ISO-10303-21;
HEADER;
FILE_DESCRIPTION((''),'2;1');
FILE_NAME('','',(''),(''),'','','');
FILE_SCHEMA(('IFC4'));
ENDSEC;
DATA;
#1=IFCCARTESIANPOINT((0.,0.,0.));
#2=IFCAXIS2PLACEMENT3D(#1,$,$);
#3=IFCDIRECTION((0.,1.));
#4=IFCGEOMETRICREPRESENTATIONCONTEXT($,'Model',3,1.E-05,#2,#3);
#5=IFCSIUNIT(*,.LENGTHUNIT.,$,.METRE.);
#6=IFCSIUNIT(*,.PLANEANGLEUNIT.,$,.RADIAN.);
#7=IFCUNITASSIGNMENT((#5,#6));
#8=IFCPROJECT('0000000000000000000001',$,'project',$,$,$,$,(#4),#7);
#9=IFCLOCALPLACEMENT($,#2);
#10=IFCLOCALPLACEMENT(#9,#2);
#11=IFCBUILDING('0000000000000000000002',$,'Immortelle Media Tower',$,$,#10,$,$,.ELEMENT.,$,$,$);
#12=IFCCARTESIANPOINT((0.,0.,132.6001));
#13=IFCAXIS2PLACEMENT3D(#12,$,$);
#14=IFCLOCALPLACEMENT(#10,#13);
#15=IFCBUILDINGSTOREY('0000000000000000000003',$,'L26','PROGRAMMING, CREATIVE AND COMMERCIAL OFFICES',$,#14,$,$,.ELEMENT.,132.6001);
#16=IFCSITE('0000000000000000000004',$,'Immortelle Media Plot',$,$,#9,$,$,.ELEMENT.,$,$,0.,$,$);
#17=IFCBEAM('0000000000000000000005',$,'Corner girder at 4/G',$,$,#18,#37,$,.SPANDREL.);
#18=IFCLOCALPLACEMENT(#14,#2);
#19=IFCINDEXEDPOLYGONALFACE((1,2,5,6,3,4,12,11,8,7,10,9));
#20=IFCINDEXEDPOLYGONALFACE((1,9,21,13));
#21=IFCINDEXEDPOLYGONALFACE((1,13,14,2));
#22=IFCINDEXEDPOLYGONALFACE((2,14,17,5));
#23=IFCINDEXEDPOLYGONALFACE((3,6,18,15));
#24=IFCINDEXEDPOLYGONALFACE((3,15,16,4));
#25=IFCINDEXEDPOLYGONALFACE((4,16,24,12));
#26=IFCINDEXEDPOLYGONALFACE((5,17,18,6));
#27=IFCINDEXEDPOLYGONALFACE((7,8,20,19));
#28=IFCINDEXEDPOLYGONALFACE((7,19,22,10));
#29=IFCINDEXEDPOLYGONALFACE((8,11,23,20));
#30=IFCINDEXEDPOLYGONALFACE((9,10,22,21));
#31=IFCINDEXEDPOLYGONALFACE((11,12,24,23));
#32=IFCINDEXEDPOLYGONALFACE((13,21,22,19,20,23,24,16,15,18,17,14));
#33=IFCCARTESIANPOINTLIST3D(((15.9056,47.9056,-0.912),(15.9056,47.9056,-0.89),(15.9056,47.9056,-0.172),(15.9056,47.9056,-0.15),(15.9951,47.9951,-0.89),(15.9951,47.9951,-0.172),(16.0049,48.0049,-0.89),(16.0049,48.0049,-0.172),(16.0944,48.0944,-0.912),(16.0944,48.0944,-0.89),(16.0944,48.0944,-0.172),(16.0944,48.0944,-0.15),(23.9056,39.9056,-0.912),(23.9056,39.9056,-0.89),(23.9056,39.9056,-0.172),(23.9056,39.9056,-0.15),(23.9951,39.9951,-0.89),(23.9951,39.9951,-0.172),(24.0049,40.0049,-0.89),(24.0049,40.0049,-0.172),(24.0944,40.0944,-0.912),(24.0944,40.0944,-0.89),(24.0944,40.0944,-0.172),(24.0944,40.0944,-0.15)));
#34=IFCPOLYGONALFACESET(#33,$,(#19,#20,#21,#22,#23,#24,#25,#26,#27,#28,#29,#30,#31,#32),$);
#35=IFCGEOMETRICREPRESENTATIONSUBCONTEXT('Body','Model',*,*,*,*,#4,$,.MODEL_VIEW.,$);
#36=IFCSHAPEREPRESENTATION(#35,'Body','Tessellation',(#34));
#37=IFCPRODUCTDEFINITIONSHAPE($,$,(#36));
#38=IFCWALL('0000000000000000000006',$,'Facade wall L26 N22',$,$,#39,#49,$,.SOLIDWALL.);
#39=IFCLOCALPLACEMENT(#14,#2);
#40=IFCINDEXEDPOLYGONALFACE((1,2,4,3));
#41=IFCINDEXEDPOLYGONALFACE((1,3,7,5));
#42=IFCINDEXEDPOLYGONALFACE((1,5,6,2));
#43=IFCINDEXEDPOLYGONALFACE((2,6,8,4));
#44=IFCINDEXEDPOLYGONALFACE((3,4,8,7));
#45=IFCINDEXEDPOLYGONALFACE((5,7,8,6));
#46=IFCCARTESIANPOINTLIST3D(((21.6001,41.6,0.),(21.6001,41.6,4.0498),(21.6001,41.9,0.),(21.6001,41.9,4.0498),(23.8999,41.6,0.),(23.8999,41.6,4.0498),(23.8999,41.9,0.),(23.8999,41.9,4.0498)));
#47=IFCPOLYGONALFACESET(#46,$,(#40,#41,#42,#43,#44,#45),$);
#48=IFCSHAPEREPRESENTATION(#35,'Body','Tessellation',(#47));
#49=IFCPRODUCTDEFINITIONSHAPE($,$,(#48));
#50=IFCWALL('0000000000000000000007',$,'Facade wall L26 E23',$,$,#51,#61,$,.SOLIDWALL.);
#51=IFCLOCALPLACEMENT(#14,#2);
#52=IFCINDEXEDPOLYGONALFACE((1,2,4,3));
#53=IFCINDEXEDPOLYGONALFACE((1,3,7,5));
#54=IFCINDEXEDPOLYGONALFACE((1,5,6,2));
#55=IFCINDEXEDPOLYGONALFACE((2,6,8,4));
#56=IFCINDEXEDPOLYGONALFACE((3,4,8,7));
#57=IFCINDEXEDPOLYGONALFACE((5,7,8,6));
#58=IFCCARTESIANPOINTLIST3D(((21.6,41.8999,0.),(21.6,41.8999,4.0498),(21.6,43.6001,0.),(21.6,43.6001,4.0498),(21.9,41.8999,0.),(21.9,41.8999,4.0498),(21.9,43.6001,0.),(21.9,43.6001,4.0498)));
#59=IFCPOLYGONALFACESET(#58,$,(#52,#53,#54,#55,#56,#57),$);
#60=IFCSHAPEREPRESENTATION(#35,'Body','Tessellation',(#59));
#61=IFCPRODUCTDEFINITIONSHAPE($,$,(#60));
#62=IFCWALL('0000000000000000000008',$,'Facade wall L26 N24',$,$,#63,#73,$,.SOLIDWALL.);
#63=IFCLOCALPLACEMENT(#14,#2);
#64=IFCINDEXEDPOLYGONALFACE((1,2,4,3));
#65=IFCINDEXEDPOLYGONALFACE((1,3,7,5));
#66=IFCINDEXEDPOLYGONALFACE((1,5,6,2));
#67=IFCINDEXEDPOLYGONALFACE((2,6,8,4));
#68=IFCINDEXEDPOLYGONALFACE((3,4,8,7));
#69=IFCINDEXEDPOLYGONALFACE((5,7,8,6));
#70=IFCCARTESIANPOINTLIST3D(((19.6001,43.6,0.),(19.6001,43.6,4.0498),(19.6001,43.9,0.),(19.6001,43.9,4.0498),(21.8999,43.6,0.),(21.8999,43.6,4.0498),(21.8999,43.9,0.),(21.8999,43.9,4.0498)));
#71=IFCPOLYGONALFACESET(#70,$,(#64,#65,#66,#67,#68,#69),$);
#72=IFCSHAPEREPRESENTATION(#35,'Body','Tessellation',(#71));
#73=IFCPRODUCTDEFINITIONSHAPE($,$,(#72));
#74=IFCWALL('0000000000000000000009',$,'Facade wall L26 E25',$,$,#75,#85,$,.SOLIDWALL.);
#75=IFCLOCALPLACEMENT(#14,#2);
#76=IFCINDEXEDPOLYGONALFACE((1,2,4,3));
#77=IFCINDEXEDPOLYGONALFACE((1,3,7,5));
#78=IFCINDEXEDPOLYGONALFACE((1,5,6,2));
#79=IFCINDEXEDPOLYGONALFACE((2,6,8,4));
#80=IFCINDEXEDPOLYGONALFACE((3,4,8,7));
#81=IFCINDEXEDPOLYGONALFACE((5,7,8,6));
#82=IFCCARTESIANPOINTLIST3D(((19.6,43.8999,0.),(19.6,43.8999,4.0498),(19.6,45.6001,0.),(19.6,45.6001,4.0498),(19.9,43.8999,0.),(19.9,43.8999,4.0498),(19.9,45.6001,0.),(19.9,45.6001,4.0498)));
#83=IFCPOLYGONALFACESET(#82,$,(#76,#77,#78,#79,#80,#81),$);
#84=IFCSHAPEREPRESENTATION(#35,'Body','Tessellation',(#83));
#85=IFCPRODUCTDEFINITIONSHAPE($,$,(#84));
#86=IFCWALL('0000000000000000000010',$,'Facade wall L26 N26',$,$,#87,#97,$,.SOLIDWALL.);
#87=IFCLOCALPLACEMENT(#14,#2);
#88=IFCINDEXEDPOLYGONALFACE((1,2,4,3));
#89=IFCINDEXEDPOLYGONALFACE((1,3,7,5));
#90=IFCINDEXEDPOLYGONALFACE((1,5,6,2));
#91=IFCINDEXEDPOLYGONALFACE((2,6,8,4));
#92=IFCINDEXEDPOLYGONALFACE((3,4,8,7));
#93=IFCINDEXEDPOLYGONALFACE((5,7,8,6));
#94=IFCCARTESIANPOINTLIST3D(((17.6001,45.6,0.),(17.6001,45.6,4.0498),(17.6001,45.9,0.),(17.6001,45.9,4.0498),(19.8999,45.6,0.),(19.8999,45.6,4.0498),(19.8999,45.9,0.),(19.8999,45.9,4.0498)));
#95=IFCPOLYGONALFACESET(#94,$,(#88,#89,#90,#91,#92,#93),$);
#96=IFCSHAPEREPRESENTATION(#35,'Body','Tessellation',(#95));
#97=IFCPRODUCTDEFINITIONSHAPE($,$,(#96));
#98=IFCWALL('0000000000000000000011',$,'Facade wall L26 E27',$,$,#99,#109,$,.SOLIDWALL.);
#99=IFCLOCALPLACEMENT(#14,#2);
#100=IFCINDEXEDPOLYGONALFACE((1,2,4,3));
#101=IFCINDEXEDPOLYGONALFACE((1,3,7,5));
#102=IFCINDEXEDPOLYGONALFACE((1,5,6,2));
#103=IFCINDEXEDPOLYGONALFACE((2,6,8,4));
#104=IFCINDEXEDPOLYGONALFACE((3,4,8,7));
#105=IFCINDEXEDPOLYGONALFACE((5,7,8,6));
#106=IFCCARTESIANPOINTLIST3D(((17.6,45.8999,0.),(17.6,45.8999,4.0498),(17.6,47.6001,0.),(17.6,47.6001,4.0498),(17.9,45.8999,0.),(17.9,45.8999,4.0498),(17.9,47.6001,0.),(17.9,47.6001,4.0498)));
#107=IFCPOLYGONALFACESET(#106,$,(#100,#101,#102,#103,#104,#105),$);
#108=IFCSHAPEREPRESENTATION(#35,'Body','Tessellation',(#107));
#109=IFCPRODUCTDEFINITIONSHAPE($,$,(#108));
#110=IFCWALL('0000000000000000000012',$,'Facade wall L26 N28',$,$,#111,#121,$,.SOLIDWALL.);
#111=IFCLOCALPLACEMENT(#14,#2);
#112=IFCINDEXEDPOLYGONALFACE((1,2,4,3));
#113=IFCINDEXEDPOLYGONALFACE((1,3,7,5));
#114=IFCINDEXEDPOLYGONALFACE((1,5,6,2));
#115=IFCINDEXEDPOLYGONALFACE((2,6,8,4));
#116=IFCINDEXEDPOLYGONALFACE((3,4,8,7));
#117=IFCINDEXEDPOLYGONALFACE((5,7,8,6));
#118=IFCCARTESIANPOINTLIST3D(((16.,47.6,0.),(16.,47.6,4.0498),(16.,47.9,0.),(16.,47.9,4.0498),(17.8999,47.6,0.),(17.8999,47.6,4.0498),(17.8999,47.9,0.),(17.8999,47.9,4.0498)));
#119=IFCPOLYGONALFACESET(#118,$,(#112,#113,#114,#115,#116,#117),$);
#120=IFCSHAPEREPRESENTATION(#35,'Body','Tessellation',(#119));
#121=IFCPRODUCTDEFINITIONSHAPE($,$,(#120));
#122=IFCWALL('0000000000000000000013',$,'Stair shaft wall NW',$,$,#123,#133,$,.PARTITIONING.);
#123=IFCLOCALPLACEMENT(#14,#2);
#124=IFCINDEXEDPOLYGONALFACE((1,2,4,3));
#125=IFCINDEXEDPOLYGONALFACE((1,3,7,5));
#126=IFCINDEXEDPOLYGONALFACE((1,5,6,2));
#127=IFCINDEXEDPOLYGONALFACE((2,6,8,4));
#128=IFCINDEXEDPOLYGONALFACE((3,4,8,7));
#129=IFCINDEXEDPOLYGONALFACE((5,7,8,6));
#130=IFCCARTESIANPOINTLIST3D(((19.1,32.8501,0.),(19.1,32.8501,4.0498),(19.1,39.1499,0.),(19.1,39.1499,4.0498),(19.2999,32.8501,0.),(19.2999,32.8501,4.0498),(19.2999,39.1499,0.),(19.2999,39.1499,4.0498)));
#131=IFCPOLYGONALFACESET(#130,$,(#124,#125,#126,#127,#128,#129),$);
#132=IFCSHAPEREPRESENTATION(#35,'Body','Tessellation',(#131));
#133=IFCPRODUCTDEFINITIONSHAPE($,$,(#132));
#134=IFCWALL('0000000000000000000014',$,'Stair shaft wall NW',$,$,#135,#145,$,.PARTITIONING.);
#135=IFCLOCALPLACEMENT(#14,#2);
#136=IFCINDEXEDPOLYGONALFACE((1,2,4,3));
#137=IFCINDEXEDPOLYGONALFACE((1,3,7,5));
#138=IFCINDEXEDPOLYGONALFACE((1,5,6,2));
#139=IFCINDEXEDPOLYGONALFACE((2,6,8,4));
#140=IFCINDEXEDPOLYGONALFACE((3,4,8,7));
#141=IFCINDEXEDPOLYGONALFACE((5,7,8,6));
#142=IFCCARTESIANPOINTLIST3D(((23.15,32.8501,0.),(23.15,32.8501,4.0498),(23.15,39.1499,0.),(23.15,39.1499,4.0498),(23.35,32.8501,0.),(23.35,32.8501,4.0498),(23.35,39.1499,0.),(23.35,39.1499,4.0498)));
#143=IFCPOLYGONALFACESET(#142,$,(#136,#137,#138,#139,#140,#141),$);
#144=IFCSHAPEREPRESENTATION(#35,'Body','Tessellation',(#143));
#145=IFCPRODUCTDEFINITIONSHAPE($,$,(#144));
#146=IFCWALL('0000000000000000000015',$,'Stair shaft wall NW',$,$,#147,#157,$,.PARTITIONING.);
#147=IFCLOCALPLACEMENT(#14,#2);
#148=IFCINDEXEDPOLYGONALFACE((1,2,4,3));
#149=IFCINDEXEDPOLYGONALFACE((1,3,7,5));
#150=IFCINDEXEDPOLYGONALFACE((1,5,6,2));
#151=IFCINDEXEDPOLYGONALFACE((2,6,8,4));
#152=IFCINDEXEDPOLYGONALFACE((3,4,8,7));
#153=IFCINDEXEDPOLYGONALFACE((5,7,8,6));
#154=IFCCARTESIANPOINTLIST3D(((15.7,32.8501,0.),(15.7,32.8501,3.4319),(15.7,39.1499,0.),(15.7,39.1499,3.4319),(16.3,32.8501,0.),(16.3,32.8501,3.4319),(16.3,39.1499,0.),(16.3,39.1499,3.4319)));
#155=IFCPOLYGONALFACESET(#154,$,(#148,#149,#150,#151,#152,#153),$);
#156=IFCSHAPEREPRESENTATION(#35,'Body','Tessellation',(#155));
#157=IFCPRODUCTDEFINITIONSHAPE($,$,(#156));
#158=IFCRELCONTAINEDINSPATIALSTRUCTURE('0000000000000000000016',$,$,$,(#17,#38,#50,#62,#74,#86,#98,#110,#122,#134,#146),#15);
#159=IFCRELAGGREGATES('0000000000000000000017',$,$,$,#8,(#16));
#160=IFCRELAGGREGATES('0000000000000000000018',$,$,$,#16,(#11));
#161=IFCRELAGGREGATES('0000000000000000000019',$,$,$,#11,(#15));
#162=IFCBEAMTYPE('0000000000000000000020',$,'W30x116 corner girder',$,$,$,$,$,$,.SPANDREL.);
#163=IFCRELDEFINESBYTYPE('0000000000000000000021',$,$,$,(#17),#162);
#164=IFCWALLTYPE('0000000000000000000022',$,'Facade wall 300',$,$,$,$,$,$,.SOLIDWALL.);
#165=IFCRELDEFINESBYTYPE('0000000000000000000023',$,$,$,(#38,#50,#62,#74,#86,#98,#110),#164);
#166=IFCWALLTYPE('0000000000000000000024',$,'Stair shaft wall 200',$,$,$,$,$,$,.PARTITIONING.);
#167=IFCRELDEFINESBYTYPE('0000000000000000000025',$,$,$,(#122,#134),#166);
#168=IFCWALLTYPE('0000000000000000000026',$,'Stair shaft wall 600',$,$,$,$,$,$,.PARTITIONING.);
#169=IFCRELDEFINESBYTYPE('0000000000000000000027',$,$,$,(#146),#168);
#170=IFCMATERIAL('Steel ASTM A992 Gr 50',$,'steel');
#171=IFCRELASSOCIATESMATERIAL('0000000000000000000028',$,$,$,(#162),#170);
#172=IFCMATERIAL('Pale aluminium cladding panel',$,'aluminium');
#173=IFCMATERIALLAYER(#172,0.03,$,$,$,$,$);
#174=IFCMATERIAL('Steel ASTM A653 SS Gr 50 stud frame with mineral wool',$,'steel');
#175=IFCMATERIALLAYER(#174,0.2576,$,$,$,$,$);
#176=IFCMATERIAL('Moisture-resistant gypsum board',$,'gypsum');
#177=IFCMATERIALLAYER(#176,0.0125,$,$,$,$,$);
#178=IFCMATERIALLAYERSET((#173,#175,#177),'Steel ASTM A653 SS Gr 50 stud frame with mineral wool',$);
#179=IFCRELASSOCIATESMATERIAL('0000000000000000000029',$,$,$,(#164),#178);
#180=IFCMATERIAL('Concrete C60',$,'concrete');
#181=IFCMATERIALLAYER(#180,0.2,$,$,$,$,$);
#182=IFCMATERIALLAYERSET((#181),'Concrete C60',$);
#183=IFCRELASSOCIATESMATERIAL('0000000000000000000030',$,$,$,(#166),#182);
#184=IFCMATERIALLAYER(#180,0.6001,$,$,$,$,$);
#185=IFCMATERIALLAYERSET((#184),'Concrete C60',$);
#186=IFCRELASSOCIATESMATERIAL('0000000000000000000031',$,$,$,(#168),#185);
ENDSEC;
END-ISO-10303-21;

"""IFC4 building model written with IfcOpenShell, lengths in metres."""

from ifc_helpers import new_model, si_unit, direction, frame, frame_2d, origin, origin_2d, place, context, subcontext, project, spatial, rectangle, i_section, extrude, material, layer, layer_set, material_profile, profile_set, type_object, element, save


model = new_model("IFC4")

# Units and contexts
model_context = context("Model", 3, precision=1e-05, world=origin(), true_north=direction((0.0, 1.0)))
body_context = subcontext(model_context, "Body", "Model", "MODEL_VIEW")
ifc_project = project(units=[si_unit("LENGTHUNIT", "METRE"), si_unit("PLANEANGLEUNIT", "RADIAN")], contexts=[model_context])

# Site, building, storey
site_placement = place(None, origin())
site = spatial("IfcSite", under=ifc_project, at=site_placement, Name="Immortelle Media Plot", CompositionType="ELEMENT", RefElevation=0.0)
building_placement = place(site_placement, origin())
building = spatial("IfcBuilding", under=site, at=building_placement, Name="Immortelle Media Tower", CompositionType="ELEMENT")
storey_placement = place(building_placement, frame((0.0, 0.0, 132.6001)))
storey = spatial("IfcBuildingStorey", under=building, at=storey_placement, Name="L26", Description="PROGRAMMING, CREATIVE AND COMMERCIAL OFFICES", CompositionType="ELEMENT", Elevation=132.6001)

# Shared definitions
ifc_material_1 = material(Name="Steel ASTM A992 Gr 50", Category="steel")

# Beam
ifc_material_profile_1 = material_profile(ifc_material_1, i_section(OverallWidth=0.2671, OverallDepth=0.762, WebThickness=0.0139, FlangeThickness=0.022, at=origin_2d()), Name="W30x116")
ifc_profile_set_1 = profile_set([ifc_material_profile_1], Name="Steel ASTM A992 Gr 50")
beam_type_1 = type_object("IfcBeamType", Name="W30x116 corner girder", PredefinedType="SPANDREL", material=ifc_profile_set_1)
beam_1_placement = place(storey_placement, frame((16.0, 48.0, -0.531), z_axis=(0.707107, -0.707107, 0.0), x_axis=(0.707107, 0.707107, 0.0)))
element("IfcBeam", 1, at=beam_1_placement, inside=storey, type_object=beam_type_1, Name="Corner girder at 4/G", PredefinedType="SPANDREL", context=body_context, shape_type="SweptSolid", body=[
    extrude(i_section(OverallWidth=0.2671, OverallDepth=0.762, WebThickness=0.0139, FlangeThickness=0.022, at=origin_2d()), origin(), (0.0, 0.0, 1.0), 11.3137),
])

# Walls
ifc_material_2 = material(Name="Pale aluminium cladding panel", Category="aluminium")
ifc_layer_1 = layer(ifc_material_2, 0.03)
ifc_material_3 = material(Name="Steel ASTM A653 SS Gr 50 stud frame with mineral wool", Category="steel")
ifc_layer_2 = layer(ifc_material_3, 0.2576)
ifc_material_4 = material(Name="Moisture-resistant gypsum board", Category="gypsum")
ifc_layer_3 = layer(ifc_material_4, 0.0125)
ifc_layer_set_1 = layer_set([ifc_layer_1, ifc_layer_2, ifc_layer_3], Name="Steel ASTM A653 SS Gr 50 stud frame with mineral wool")
wall_type_1 = type_object("IfcWallType", Name="Facade wall 300", PredefinedType="SOLIDWALL", material=ifc_layer_set_1)
wall_1_placement = place(storey_placement, frame((23.8999, 41.75, 0.0), z_axis=(0.0, 0.0, 1.0), x_axis=(-1.0, 0.0, 0.0)))
element("IfcWall", 2, at=wall_1_placement, inside=storey, type_object=wall_type_1, Name="Facade wall L26 N22", PredefinedType="SOLIDWALL", context=body_context, shape_type="SweptSolid", body=[
    extrude(rectangle(XDim=2.2998, YDim=0.3, at=frame_2d((1.1499, 0.0))), origin(), (0.0, 0.0, 1.0), 4.0498),
])
wall_2_placement = place(storey_placement, frame((21.75, 41.8999, 0.0), z_axis=(0.0, 0.0, 1.0), x_axis=(0.0, 1.0, 0.0)))
element("IfcWall", 3, at=wall_2_placement, inside=storey, type_object=wall_type_1, Name="Facade wall L26 E23", PredefinedType="SOLIDWALL", context=body_context, shape_type="SweptSolid", body=[
    extrude(rectangle(XDim=1.7002, YDim=0.3, at=frame_2d((0.8501, 0.0))), origin(), (0.0, 0.0, 1.0), 4.0498),
])
wall_3_placement = place(storey_placement, frame((21.8999, 43.75, 0.0), z_axis=(0.0, 0.0, 1.0), x_axis=(-1.0, 0.0, 0.0)))
element("IfcWall", 4, at=wall_3_placement, inside=storey, type_object=wall_type_1, Name="Facade wall L26 N24", PredefinedType="SOLIDWALL", context=body_context, shape_type="SweptSolid", body=[
    extrude(rectangle(XDim=2.2998, YDim=0.3, at=frame_2d((1.1499, 0.0))), origin(), (0.0, 0.0, 1.0), 4.0498),
])
wall_4_placement = place(storey_placement, frame((19.75, 43.8999, 0.0), z_axis=(0.0, 0.0, 1.0), x_axis=(0.0, 1.0, 0.0)))
element("IfcWall", 5, at=wall_4_placement, inside=storey, type_object=wall_type_1, Name="Facade wall L26 E25", PredefinedType="SOLIDWALL", context=body_context, shape_type="SweptSolid", body=[
    extrude(rectangle(XDim=1.7002, YDim=0.3, at=frame_2d((0.8501, 0.0))), origin(), (0.0, 0.0, 1.0), 4.0498),
])
wall_5_placement = place(storey_placement, frame((19.8999, 45.75, 0.0), z_axis=(0.0, 0.0, 1.0), x_axis=(-1.0, 0.0, 0.0)))
element("IfcWall", 6, at=wall_5_placement, inside=storey, type_object=wall_type_1, Name="Facade wall L26 N26", PredefinedType="SOLIDWALL", context=body_context, shape_type="SweptSolid", body=[
    extrude(rectangle(XDim=2.2998, YDim=0.3, at=frame_2d((1.1499, 0.0))), origin(), (0.0, 0.0, 1.0), 4.0498),
])
wall_6_placement = place(storey_placement, frame((17.75, 45.8999, 0.0), z_axis=(0.0, 0.0, 1.0), x_axis=(0.0, 1.0, 0.0)))
element("IfcWall", 7, at=wall_6_placement, inside=storey, type_object=wall_type_1, Name="Facade wall L26 E27", PredefinedType="SOLIDWALL", context=body_context, shape_type="SweptSolid", body=[
    extrude(rectangle(XDim=1.7002, YDim=0.3, at=frame_2d((0.8501, 0.0))), origin(), (0.0, 0.0, 1.0), 4.0498),
])
wall_7_placement = place(storey_placement, frame((17.8999, 47.75, 0.0), z_axis=(0.0, 0.0, 1.0), x_axis=(-1.0, 0.0, 0.0)))
element("IfcWall", 8, at=wall_7_placement, inside=storey, type_object=wall_type_1, Name="Facade wall L26 N28", PredefinedType="SOLIDWALL", context=body_context, shape_type="SweptSolid", body=[
    extrude(rectangle(XDim=1.8999, YDim=0.3, at=frame_2d((0.95, 0.0))), origin(), (0.0, 0.0, 1.0), 4.0498),
])
ifc_material_5 = material(Name="Concrete C60", Category="concrete")
ifc_layer_4 = layer(ifc_material_5, 0.2)
ifc_layer_set_2 = layer_set([ifc_layer_4], Name="Concrete C60")
wall_type_2 = type_object("IfcWallType", Name="Stair shaft wall 200", PredefinedType="PARTITIONING", material=ifc_layer_set_2)
for number, where, z_axis, x_axis, name in (
    (9, (19.2, 32.8501, 0.0), (0.0, 0.0, 1.0), (0.0, 1.0, 0.0), "Stair shaft wall NW"),
    (10, (23.25, 32.8501, 0.0), (0.0, 0.0, 1.0), (0.0, 1.0, 0.0), "Stair shaft wall NW"),
):
    element("IfcWall", number, at=place(storey_placement, frame(where, z_axis=z_axis, x_axis=x_axis)), inside=storey, type_object=wall_type_2, Name=name, PredefinedType="PARTITIONING", context=body_context, shape_type="SweptSolid", body=[
        extrude(rectangle(XDim=6.2998, YDim=0.2, at=frame_2d((3.1499, 0.0))), origin(), (0.0, 0.0, 1.0), 4.0498),
    ])
ifc_layer_5 = layer(ifc_material_5, 0.6001)
ifc_layer_set_3 = layer_set([ifc_layer_5], Name="Concrete C60")
wall_type_3 = type_object("IfcWallType", Name="Stair shaft wall 600", PredefinedType="PARTITIONING", material=ifc_layer_set_3)
wall_8_placement = place(storey_placement, frame((16.0, 32.8501, 0.0), z_axis=(0.0, 0.0, 1.0), x_axis=(0.0, 1.0, 0.0)))
element("IfcWall", 11, at=wall_8_placement, inside=storey, type_object=wall_type_3, Name="Stair shaft wall NW", PredefinedType="PARTITIONING", context=body_context, shape_type="SweptSolid", body=[
    extrude(rectangle(XDim=6.2998, YDim=0.6001, at=frame_2d((3.1499, 0.0))), origin(), (0.0, 0.0, 1.0), 3.4319),
])

save(model, "model.ifc")
